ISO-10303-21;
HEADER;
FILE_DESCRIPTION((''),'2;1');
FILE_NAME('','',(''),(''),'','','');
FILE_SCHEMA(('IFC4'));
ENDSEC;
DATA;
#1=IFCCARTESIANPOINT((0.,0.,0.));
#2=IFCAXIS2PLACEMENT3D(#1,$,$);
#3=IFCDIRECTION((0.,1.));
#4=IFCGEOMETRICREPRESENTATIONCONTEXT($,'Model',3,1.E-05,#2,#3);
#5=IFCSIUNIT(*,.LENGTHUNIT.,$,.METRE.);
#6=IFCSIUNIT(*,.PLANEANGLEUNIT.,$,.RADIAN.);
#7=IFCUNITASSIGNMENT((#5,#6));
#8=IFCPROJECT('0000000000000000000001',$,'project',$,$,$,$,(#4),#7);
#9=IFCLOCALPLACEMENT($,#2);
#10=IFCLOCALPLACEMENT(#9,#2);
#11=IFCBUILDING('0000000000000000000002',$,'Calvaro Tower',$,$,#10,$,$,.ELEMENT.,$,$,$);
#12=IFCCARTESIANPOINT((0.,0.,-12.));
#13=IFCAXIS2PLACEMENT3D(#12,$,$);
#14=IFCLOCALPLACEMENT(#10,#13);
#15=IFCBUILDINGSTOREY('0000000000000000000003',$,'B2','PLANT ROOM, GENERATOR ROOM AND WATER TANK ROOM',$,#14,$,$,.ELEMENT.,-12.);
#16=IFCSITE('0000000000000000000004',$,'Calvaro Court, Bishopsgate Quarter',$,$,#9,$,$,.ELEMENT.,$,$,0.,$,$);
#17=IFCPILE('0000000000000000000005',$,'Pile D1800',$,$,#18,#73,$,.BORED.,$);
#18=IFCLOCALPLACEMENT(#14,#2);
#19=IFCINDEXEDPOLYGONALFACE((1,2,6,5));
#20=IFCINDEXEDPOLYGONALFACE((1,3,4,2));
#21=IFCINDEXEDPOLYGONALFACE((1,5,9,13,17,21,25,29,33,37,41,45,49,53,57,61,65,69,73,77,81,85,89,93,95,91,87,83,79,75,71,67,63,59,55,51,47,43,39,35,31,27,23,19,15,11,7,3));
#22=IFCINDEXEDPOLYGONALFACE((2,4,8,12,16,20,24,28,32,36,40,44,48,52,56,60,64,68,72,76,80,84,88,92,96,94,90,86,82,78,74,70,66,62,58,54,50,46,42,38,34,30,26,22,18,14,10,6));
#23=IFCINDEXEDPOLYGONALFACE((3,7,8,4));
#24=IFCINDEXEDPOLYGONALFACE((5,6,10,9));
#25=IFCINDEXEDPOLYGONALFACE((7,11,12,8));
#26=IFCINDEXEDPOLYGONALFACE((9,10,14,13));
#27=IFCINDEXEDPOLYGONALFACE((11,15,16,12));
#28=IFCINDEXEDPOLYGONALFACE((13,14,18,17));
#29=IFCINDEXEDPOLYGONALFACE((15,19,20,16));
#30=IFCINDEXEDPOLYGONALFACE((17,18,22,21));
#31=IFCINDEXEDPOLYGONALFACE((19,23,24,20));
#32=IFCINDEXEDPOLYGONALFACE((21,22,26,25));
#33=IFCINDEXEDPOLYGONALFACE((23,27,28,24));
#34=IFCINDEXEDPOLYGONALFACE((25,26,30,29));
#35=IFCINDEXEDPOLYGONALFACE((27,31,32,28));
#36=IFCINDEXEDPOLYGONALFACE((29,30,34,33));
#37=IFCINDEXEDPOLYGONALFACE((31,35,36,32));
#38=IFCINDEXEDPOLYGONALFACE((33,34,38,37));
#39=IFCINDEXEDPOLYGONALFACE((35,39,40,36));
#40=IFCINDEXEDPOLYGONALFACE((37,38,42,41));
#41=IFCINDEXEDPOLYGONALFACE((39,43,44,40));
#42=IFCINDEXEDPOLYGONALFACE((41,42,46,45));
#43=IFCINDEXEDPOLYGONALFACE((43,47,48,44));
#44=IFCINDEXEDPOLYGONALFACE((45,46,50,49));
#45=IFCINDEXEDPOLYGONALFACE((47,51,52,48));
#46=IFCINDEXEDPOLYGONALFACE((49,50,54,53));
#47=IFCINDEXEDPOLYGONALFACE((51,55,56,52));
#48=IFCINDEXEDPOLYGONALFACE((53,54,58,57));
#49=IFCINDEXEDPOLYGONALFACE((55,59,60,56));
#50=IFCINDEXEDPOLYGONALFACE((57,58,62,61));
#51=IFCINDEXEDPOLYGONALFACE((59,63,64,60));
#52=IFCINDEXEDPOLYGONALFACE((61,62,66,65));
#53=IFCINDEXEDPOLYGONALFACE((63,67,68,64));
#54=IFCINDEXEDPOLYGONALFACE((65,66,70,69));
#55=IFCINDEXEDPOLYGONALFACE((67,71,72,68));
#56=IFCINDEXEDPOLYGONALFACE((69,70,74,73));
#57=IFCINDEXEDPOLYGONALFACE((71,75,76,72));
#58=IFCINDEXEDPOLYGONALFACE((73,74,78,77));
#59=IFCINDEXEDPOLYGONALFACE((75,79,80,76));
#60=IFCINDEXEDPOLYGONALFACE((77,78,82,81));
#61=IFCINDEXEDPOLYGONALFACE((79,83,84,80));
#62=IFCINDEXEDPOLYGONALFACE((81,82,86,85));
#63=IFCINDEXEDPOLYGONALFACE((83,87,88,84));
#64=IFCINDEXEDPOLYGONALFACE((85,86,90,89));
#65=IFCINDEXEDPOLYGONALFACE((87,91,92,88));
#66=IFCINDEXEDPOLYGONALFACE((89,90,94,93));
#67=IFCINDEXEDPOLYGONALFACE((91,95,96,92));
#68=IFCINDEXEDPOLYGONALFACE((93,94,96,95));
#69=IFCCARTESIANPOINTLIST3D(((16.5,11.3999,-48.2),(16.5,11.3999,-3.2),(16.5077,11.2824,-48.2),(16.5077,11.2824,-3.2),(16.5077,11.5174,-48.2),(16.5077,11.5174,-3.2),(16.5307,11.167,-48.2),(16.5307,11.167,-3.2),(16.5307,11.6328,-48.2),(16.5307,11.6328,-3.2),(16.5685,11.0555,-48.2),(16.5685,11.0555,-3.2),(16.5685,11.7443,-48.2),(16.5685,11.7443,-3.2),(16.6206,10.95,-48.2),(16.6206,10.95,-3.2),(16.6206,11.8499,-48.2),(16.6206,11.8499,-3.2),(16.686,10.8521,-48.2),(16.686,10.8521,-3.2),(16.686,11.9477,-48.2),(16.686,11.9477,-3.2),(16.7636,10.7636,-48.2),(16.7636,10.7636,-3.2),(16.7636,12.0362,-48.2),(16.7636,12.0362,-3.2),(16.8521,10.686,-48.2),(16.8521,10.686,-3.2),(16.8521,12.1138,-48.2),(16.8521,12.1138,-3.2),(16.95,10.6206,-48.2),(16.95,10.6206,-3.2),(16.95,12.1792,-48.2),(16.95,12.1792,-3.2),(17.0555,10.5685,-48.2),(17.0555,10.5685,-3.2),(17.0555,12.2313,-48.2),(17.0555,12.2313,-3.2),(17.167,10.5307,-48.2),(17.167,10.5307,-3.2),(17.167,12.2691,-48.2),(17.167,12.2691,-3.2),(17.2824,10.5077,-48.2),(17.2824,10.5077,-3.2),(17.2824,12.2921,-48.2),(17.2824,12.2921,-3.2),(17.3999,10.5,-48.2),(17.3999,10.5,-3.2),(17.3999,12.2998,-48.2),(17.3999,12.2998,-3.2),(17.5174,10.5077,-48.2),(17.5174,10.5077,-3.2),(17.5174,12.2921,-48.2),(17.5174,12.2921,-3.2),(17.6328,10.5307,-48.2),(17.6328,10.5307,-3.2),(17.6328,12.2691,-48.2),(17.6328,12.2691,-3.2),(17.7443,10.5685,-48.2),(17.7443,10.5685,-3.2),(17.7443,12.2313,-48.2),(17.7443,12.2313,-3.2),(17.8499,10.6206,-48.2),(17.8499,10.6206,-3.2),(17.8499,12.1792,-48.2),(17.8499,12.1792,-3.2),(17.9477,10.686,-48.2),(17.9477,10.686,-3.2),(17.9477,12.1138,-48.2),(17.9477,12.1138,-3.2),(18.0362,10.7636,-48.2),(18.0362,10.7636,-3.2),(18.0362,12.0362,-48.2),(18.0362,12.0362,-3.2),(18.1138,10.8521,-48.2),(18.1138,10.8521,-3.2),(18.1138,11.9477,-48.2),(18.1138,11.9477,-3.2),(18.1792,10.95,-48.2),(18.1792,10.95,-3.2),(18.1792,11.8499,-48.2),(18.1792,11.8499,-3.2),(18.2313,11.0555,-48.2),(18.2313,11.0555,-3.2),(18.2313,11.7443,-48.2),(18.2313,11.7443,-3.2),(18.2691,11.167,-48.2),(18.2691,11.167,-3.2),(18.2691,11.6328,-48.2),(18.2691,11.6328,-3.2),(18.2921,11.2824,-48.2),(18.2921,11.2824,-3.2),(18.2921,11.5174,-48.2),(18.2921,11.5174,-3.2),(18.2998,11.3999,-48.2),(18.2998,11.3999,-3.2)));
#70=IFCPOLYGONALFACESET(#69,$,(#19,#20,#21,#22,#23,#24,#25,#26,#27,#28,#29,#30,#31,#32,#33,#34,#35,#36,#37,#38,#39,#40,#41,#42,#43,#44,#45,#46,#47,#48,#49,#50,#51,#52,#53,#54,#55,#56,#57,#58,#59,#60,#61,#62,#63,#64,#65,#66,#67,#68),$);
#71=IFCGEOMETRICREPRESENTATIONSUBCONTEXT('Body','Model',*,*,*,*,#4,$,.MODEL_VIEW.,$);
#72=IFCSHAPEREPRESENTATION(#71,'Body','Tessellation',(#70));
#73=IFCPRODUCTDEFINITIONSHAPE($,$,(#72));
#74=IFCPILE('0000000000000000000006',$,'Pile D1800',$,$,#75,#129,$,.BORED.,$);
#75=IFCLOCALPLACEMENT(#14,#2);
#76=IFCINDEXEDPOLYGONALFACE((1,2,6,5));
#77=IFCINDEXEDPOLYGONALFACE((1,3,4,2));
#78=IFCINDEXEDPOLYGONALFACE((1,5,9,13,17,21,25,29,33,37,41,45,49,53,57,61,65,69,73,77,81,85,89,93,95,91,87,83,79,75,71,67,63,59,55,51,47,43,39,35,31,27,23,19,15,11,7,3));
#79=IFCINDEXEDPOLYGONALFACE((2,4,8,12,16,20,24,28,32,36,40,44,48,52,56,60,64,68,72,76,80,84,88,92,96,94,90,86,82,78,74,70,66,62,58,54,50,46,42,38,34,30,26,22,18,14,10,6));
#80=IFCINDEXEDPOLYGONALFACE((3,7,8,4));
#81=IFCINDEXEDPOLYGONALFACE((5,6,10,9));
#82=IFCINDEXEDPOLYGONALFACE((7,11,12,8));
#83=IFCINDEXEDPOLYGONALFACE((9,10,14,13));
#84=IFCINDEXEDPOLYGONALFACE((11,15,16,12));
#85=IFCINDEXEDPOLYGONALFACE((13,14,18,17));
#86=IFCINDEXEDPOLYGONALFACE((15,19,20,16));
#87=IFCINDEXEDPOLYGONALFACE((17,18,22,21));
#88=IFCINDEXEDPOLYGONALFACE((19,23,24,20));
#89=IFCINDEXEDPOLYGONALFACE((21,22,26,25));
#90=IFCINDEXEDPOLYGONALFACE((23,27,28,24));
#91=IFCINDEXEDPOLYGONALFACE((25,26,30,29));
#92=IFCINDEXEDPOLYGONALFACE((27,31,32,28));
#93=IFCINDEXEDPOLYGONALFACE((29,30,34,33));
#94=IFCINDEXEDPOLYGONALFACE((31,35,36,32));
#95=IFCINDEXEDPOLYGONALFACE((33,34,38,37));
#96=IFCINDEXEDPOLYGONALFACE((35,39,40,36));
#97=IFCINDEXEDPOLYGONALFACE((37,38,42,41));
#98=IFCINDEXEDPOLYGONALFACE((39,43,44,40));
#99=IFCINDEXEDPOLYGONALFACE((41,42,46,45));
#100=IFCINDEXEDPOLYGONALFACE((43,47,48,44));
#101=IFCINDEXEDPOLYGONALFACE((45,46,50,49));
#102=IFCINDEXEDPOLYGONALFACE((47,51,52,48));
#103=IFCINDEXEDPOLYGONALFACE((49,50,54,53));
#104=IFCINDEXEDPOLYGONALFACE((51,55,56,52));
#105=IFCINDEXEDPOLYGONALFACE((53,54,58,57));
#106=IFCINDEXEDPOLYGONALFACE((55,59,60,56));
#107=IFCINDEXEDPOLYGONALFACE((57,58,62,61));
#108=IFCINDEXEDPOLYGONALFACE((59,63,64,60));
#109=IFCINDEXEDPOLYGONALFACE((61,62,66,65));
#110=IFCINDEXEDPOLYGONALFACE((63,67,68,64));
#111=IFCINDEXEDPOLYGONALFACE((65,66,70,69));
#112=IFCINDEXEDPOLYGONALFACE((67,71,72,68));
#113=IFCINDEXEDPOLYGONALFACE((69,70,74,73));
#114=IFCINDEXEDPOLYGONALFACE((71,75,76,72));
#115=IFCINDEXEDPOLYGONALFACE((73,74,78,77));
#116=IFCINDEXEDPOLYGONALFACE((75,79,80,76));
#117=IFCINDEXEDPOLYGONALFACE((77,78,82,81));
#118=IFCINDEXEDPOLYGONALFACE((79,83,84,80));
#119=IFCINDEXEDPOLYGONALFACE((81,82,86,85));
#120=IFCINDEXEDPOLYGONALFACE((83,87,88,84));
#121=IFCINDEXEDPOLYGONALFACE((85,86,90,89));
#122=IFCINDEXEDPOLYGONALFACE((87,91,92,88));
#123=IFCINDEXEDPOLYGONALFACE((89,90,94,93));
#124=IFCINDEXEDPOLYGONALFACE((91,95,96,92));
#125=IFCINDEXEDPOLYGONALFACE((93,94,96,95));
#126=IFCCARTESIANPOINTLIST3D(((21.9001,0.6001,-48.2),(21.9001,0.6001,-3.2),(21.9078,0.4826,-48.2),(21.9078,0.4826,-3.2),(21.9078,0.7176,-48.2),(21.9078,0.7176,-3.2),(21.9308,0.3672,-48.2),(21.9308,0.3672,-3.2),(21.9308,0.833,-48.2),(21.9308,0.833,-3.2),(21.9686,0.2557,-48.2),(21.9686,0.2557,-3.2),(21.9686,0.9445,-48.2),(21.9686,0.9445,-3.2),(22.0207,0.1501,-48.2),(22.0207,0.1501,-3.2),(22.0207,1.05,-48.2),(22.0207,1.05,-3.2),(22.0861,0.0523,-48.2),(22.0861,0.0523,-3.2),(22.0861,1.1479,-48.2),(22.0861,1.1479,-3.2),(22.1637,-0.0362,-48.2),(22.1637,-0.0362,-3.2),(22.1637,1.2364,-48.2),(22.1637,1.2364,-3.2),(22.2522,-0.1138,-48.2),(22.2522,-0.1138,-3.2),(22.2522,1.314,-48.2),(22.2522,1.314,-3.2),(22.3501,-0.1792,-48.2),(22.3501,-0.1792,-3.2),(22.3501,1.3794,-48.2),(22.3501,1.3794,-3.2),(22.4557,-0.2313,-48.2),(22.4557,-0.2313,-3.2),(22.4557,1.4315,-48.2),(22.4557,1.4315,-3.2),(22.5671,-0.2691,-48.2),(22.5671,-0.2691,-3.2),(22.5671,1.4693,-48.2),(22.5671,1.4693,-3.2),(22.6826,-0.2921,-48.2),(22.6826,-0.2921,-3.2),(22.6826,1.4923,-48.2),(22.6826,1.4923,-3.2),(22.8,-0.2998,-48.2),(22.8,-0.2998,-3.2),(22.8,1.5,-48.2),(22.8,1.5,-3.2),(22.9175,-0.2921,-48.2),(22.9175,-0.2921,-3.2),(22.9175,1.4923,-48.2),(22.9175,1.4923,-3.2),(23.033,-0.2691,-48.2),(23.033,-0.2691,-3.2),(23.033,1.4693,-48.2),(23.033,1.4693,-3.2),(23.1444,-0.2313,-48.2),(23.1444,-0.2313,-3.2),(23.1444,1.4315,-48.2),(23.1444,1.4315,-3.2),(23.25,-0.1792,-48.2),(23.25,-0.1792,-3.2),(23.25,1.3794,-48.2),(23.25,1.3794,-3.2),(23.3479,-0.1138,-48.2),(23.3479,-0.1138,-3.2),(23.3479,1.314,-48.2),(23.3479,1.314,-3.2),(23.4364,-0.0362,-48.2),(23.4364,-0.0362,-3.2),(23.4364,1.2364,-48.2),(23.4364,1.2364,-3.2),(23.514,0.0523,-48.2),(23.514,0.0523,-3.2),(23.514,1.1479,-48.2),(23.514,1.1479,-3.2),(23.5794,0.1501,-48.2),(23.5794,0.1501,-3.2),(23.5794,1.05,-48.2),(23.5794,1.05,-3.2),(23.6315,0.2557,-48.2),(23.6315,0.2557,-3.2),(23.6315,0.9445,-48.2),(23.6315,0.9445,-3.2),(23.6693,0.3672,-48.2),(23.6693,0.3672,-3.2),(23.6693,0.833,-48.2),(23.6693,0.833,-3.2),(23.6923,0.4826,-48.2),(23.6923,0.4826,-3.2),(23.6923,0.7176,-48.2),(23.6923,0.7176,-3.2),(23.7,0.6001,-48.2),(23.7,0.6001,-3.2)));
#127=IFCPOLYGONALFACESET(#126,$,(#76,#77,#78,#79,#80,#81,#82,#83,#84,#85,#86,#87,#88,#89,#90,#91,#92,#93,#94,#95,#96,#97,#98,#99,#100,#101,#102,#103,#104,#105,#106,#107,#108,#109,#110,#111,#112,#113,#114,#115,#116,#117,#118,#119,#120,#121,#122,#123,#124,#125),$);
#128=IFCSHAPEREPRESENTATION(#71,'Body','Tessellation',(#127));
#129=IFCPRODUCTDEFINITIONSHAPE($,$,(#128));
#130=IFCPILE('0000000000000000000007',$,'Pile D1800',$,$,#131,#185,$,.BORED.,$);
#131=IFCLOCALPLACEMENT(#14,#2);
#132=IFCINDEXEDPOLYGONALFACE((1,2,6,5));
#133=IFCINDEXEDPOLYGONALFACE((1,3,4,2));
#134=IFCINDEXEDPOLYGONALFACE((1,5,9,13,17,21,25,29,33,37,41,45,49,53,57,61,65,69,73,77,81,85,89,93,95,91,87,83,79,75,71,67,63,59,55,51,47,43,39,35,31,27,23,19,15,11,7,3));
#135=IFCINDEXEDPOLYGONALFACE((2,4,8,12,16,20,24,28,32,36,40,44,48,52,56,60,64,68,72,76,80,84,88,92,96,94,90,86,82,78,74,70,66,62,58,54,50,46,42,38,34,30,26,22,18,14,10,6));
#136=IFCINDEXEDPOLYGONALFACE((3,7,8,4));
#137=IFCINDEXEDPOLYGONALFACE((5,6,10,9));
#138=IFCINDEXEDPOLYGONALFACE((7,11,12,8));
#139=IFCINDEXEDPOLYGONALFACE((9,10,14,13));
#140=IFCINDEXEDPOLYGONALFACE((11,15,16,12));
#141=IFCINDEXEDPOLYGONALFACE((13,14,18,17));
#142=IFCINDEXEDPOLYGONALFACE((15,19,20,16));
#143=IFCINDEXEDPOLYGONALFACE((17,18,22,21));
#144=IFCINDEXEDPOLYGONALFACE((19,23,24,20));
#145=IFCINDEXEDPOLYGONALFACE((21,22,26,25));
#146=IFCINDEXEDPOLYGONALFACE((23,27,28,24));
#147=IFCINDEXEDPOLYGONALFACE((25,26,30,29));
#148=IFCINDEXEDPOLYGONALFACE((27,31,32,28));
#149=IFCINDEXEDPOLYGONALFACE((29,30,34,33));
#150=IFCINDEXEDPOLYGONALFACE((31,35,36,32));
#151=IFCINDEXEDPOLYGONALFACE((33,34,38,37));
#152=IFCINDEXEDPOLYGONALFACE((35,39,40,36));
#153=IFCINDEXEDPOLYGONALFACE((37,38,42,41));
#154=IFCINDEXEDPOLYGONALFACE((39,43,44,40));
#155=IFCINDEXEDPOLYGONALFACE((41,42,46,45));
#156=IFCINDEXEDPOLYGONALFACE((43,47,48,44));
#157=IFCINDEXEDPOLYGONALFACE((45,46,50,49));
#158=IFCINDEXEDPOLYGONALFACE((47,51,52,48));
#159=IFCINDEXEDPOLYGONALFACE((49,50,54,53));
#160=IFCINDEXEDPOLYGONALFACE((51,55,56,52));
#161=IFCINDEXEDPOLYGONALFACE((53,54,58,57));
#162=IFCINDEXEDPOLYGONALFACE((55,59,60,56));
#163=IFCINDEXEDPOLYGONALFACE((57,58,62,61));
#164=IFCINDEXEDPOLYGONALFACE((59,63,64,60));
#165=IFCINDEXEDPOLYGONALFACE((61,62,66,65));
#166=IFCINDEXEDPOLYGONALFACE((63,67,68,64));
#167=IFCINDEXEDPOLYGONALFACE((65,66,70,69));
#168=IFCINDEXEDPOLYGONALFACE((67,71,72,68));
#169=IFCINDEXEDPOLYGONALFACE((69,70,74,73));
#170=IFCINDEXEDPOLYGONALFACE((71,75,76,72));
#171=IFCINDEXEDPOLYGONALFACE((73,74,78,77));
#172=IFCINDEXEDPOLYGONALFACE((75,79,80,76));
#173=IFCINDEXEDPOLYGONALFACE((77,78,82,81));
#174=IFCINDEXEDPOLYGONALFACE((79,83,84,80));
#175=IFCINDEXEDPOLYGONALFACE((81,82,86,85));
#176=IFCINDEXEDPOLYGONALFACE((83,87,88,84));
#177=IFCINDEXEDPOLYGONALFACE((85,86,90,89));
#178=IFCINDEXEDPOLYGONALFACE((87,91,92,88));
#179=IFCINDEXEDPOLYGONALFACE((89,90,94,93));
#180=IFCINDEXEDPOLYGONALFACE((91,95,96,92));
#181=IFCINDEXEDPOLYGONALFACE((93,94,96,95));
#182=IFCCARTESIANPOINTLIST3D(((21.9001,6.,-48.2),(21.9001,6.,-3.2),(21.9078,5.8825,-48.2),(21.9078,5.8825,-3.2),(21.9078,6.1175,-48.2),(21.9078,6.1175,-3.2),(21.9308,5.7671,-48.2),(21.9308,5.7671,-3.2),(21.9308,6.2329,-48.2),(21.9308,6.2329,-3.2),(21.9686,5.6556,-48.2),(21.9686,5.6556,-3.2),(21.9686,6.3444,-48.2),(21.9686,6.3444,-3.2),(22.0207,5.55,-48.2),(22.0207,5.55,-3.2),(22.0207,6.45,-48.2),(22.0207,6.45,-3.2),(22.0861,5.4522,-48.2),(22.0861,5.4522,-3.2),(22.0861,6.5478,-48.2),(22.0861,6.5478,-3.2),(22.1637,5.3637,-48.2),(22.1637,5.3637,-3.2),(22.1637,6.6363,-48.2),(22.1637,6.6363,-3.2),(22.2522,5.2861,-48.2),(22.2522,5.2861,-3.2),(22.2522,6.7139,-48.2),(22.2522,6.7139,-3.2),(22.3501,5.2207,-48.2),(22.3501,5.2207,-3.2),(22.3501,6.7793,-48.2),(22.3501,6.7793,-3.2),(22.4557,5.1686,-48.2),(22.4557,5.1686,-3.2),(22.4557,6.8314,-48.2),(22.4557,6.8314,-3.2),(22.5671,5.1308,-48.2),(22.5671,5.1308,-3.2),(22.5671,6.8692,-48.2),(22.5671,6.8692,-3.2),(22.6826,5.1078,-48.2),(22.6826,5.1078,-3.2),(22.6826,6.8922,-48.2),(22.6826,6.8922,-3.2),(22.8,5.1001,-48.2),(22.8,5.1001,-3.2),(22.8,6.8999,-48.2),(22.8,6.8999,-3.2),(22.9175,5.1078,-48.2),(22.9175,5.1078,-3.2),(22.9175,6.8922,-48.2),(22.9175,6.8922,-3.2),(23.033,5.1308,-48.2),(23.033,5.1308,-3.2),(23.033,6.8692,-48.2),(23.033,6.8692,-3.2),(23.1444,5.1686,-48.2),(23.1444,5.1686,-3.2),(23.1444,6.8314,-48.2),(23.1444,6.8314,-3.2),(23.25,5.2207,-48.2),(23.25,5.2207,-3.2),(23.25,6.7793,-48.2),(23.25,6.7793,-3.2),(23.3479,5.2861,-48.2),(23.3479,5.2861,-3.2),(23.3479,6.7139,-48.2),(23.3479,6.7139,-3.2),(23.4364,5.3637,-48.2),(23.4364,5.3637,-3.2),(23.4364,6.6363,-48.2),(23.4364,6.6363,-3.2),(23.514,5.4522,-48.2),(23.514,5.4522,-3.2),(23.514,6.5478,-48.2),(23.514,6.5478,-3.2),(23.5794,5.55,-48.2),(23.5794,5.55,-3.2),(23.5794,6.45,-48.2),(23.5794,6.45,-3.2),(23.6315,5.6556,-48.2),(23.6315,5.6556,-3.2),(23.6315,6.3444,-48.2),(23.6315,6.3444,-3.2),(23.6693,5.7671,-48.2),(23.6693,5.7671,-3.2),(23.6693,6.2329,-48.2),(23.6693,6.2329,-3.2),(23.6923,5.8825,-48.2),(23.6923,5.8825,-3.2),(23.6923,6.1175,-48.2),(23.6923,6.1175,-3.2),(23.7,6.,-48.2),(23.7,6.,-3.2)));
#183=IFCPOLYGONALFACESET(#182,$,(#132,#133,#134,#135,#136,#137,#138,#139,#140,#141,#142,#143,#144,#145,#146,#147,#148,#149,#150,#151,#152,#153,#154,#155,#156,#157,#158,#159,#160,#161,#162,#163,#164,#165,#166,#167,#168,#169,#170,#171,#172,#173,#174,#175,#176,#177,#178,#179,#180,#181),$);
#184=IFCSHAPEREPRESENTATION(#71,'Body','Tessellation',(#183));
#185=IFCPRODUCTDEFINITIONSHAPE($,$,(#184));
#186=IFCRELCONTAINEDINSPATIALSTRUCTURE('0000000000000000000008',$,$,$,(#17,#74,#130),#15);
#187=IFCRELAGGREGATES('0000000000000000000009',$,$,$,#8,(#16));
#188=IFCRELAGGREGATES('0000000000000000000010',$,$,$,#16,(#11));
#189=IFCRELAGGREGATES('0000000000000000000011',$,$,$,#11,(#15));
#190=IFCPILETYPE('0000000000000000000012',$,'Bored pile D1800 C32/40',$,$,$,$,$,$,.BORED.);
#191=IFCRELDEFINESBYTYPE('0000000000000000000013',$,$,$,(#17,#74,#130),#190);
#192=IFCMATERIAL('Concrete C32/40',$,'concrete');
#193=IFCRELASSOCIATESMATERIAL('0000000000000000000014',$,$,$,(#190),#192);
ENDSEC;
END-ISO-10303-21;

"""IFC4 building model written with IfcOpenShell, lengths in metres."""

from ifc_helpers import new_model, si_unit, direction, frame, origin, origin_2d, place, context, subcontext, project, spatial, circle, extrude, material, material_profile, profile_set, type_object, element, save


model = new_model("IFC4")

# Units and contexts
model_context = context("Model", 3, precision=1e-05, world=origin(), true_north=direction((0.0, 1.0)))
body_context = subcontext(model_context, "Body", "Model", "MODEL_VIEW")
ifc_project = project(units=[si_unit("LENGTHUNIT", "METRE"), si_unit("PLANEANGLEUNIT", "RADIAN")], contexts=[model_context])

# Site, building, storey
site_placement = place(None, origin())
site = spatial("IfcSite", under=ifc_project, at=site_placement, Name="Calvaro Court, Bishopsgate Quarter", CompositionType="ELEMENT", RefElevation=0.0)
building_placement = place(site_placement, origin())
building = spatial("IfcBuilding", under=site, at=building_placement, Name="Calvaro Tower", CompositionType="ELEMENT")
storey_placement = place(building_placement, frame((0.0, 0.0, -12.0)))
storey = spatial("IfcBuildingStorey", under=building, at=storey_placement, Name="B2", Description="PLANT ROOM, GENERATOR ROOM AND WATER TANK ROOM", CompositionType="ELEMENT", Elevation=-12.0)

# Piles
ifc_material_1 = material(Name="Concrete C32/40", Category="concrete")
ifc_material_profile_1 = material_profile(ifc_material_1, circle(Radius=0.8999, at=origin_2d()), Name="Bored pile D1800")
ifc_profile_set_1 = profile_set([ifc_material_profile_1], Name="Concrete C32/40")
pile_type = type_object("IfcPileType", Name="Bored pile D1800 C32/40", PredefinedType="BORED", material=ifc_profile_set_1)
for number, where, z_axis, x_axis, name in (
    (1, (17.3999, 11.3999, -3.2), (0.0, 0.0, -1.0), (1.0, 0.0, 0.0), "Pile D1800"),
    (2, (22.8, 0.6001, -3.2), (0.0, 0.0, -1.0), (1.0, 0.0, 0.0), "Pile D1800"),
    (3, (22.8, 6.0, -3.2), (0.0, 0.0, -1.0), (1.0, 0.0, 0.0), "Pile D1800"),
):
    element("IfcPile", number, at=place(storey_placement, frame(where, z_axis=z_axis, x_axis=x_axis)), inside=storey, type_object=pile_type, Name=name, PredefinedType="BORED", context=body_context, shape_type="SweptSolid", body=[
        extrude(circle(Radius=0.8999, at=origin_2d()), origin(), (0.0, 0.0, 1.0), 45.0),
    ])

save(model, "model.ifc")
